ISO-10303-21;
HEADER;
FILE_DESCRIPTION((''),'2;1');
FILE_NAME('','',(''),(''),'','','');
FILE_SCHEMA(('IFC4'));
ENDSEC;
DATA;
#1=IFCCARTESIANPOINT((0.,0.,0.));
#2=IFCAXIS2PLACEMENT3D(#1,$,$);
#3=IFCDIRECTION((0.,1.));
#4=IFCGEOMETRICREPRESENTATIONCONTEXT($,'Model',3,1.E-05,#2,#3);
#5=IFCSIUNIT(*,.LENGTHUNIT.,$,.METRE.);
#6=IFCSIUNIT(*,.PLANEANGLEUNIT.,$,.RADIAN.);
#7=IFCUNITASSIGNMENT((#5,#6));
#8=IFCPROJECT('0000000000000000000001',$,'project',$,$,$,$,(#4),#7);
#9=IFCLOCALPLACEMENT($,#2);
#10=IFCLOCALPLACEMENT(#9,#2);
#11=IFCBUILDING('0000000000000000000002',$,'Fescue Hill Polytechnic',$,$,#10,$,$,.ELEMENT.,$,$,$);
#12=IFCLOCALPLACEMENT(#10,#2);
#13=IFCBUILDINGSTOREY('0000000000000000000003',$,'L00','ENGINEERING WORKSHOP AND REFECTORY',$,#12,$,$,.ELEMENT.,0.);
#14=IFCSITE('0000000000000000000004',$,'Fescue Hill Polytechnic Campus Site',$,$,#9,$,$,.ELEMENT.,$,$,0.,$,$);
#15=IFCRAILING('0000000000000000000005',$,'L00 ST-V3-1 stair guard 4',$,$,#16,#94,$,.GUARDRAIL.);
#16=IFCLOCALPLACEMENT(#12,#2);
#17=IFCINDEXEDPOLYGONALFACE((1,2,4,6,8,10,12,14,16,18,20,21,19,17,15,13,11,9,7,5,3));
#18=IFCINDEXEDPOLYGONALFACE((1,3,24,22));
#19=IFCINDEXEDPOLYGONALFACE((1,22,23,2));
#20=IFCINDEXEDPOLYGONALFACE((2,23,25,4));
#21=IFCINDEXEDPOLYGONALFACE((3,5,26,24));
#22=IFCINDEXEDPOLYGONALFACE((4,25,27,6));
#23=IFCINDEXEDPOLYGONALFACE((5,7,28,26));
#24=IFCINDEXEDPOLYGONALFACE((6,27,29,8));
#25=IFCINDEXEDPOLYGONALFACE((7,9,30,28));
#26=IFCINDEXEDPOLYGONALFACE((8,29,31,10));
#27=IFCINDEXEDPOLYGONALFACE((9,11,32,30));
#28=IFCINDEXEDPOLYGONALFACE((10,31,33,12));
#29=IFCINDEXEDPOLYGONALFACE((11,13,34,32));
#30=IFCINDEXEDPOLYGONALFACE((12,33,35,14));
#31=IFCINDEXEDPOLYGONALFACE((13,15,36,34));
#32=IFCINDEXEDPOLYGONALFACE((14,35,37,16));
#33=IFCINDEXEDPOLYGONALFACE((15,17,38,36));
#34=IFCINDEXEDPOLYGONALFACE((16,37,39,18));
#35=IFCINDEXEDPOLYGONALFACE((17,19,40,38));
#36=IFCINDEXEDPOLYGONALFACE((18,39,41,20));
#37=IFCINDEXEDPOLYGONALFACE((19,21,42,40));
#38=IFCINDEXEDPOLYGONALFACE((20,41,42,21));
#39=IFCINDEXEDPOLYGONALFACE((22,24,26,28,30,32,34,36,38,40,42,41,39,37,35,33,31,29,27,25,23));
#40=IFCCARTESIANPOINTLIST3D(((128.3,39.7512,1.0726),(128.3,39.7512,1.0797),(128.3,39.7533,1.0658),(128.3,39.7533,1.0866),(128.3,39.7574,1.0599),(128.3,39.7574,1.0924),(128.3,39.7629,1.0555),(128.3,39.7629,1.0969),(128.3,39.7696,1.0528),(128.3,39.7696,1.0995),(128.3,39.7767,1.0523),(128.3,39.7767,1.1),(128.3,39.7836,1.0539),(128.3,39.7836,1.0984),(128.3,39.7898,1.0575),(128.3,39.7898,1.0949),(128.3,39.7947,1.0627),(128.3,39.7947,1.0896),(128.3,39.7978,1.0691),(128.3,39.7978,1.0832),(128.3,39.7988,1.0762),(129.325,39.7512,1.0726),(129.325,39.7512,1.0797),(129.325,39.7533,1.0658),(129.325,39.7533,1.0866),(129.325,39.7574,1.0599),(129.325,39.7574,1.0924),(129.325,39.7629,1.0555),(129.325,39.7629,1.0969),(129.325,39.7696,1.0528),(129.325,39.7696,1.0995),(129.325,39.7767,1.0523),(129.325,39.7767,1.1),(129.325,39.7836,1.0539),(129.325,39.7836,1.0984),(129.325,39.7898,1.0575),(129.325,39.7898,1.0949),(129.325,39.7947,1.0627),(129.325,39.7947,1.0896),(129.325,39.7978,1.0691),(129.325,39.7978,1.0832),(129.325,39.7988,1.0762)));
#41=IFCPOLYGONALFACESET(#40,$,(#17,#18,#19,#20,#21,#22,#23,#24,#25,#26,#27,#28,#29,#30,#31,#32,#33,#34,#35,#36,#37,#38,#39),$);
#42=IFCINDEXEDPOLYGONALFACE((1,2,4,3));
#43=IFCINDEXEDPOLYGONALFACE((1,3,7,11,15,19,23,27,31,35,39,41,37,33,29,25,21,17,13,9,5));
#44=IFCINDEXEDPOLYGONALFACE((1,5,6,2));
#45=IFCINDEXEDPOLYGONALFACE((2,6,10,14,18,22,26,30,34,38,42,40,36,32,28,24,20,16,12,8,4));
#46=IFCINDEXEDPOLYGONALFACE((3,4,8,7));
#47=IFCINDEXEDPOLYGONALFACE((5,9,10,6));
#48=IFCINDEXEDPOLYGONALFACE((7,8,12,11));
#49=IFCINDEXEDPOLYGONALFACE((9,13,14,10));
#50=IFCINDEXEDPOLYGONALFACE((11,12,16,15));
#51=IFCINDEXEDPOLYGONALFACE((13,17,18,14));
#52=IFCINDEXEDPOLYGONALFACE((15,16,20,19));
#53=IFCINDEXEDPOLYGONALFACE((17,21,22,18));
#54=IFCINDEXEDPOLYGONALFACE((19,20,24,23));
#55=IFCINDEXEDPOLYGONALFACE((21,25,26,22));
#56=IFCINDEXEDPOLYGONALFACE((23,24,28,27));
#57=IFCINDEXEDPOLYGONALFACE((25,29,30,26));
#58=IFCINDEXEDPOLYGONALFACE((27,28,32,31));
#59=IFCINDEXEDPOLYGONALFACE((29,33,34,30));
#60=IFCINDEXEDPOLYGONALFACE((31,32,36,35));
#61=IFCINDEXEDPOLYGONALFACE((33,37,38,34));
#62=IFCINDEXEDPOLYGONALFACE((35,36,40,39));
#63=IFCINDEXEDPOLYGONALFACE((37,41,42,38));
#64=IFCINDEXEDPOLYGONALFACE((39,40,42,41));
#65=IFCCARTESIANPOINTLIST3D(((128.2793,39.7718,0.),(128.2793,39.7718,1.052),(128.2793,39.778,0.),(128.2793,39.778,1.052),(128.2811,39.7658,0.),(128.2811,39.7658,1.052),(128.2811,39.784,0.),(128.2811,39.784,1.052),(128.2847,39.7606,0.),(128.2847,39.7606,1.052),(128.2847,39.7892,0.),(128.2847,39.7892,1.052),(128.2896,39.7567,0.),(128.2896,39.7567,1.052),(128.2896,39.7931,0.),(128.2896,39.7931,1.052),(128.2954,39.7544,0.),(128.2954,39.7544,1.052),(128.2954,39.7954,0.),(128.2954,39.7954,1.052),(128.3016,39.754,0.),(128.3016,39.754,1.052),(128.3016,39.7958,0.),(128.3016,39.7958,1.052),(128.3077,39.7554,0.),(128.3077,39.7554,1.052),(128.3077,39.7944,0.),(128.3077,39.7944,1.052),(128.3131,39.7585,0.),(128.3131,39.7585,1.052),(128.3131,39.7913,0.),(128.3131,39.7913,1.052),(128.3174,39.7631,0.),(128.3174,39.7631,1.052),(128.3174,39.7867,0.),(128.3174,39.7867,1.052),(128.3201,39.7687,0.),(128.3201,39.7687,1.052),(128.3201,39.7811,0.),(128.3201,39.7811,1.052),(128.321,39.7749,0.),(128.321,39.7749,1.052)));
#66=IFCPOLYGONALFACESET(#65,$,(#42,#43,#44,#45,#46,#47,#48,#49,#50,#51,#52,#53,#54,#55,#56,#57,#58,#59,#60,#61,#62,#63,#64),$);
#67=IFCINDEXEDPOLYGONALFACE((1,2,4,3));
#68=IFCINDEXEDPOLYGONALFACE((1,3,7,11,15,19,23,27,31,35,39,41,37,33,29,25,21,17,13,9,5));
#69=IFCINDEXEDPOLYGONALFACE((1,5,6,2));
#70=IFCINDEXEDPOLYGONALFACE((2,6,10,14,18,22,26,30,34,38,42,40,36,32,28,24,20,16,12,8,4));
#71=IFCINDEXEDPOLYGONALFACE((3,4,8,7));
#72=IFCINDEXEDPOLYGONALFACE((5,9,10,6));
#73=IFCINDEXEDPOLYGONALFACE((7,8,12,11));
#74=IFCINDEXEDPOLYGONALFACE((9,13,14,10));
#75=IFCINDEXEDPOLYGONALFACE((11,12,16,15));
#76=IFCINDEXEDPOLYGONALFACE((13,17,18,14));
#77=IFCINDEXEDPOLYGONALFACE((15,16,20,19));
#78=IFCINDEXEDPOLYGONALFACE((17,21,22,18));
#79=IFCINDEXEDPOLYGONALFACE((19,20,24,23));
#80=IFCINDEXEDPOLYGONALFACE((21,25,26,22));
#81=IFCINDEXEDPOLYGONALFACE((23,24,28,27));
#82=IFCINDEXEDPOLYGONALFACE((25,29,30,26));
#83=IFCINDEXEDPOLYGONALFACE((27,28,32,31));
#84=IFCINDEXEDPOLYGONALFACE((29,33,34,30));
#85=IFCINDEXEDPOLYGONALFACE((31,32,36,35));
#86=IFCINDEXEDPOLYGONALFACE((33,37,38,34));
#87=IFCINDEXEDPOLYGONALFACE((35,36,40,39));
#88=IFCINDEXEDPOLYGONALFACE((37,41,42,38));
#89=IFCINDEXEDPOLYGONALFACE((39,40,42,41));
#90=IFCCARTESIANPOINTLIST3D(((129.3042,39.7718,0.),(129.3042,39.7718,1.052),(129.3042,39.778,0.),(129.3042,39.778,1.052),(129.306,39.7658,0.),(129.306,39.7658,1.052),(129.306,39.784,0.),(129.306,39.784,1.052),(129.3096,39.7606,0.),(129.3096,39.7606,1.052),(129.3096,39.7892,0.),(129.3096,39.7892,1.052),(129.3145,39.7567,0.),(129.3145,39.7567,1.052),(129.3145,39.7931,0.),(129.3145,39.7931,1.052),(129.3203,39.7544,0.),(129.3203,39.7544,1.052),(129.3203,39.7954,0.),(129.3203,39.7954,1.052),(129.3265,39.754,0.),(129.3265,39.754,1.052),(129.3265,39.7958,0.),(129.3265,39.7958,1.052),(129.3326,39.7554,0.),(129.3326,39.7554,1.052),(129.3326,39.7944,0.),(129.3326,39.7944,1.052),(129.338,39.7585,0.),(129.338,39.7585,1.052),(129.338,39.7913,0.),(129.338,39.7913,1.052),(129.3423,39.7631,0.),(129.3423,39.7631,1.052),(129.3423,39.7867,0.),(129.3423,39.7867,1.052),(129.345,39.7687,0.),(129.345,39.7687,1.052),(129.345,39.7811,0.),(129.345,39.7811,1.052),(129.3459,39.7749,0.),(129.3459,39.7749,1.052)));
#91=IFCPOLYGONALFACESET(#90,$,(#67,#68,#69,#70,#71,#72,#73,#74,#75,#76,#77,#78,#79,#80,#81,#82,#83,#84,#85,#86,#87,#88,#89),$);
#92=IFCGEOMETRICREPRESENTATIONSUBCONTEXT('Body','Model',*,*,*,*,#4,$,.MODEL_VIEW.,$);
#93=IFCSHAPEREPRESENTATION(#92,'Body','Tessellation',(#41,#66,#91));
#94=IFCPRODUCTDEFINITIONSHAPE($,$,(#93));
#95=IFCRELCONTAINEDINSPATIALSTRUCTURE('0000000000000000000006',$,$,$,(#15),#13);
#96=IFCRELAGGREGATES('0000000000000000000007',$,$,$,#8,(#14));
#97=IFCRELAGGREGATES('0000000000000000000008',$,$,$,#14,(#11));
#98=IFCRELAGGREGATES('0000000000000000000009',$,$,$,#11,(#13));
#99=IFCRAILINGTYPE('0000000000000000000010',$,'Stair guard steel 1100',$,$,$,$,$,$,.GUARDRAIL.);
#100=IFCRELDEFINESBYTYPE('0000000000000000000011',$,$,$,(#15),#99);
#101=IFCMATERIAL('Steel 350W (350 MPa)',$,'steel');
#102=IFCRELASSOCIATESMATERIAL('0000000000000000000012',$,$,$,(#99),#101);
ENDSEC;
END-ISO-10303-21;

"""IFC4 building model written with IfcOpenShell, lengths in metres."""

from ifc_helpers import new_model, si_unit, direction, frame, origin, origin_2d, place, context, subcontext, project, spatial, circle, extrude, material, type_object, element, save


model = new_model("IFC4")

# Units and contexts
model_context = context("Model", 3, precision=1e-05, world=origin(), true_north=direction((0.0, 1.0)))
body_context = subcontext(model_context, "Body", "Model", "MODEL_VIEW")
ifc_project = project(units=[si_unit("LENGTHUNIT", "METRE"), si_unit("PLANEANGLEUNIT", "RADIAN")], contexts=[model_context])

# Site, building, storey
site_placement = place(None, origin())
site = spatial("IfcSite", under=ifc_project, at=site_placement, Name="Fescue Hill Polytechnic Campus Site", CompositionType="ELEMENT", RefElevation=0.0)
building_placement = place(site_placement, origin())
building = spatial("IfcBuilding", under=site, at=building_placement, Name="Fescue Hill Polytechnic", CompositionType="ELEMENT")
storey_placement = place(building_placement, origin())
storey = spatial("IfcBuildingStorey", under=building, at=storey_placement, Name="L00", Description="ENGINEERING WORKSHOP AND REFECTORY", CompositionType="ELEMENT", Elevation=0.0)

# Railing
ifc_material_1 = material(Name="Steel 350W (350 MPa)", Category="steel")
railing_type_1 = type_object("IfcRailingType", Name="Stair guard steel 1100", PredefinedType="GUARDRAIL", material=ifc_material_1)
railing_1_placement = place(storey_placement, frame((128.3, 39.7749, 0.0)))
element("IfcRailing", 1, at=railing_1_placement, inside=storey, type_object=railing_type_1, Name="L00 ST-V3-1 stair guard 4", PredefinedType="GUARDRAIL", context=body_context, shape_type="SweptSolid", body=[
    extrude(circle(Radius=0.0239, at=origin_2d()), frame((0.0, 0.0, 1.0762), z_axis=(1.0, 0.0, 0.0), x_axis=(0.0, 1.0, 0.0)), (0.0, 0.0, 1.0), 1.0249),
    extrude(circle(Radius=0.021, at=origin_2d()), origin(), (0.0, 0.0, 1.0), 1.052),
    extrude(circle(Radius=0.021, at=origin_2d()), frame((1.0249, 0.0, 0.0)), (0.0, 0.0, 1.0), 1.052),
])

save(model, "model.ifc")
